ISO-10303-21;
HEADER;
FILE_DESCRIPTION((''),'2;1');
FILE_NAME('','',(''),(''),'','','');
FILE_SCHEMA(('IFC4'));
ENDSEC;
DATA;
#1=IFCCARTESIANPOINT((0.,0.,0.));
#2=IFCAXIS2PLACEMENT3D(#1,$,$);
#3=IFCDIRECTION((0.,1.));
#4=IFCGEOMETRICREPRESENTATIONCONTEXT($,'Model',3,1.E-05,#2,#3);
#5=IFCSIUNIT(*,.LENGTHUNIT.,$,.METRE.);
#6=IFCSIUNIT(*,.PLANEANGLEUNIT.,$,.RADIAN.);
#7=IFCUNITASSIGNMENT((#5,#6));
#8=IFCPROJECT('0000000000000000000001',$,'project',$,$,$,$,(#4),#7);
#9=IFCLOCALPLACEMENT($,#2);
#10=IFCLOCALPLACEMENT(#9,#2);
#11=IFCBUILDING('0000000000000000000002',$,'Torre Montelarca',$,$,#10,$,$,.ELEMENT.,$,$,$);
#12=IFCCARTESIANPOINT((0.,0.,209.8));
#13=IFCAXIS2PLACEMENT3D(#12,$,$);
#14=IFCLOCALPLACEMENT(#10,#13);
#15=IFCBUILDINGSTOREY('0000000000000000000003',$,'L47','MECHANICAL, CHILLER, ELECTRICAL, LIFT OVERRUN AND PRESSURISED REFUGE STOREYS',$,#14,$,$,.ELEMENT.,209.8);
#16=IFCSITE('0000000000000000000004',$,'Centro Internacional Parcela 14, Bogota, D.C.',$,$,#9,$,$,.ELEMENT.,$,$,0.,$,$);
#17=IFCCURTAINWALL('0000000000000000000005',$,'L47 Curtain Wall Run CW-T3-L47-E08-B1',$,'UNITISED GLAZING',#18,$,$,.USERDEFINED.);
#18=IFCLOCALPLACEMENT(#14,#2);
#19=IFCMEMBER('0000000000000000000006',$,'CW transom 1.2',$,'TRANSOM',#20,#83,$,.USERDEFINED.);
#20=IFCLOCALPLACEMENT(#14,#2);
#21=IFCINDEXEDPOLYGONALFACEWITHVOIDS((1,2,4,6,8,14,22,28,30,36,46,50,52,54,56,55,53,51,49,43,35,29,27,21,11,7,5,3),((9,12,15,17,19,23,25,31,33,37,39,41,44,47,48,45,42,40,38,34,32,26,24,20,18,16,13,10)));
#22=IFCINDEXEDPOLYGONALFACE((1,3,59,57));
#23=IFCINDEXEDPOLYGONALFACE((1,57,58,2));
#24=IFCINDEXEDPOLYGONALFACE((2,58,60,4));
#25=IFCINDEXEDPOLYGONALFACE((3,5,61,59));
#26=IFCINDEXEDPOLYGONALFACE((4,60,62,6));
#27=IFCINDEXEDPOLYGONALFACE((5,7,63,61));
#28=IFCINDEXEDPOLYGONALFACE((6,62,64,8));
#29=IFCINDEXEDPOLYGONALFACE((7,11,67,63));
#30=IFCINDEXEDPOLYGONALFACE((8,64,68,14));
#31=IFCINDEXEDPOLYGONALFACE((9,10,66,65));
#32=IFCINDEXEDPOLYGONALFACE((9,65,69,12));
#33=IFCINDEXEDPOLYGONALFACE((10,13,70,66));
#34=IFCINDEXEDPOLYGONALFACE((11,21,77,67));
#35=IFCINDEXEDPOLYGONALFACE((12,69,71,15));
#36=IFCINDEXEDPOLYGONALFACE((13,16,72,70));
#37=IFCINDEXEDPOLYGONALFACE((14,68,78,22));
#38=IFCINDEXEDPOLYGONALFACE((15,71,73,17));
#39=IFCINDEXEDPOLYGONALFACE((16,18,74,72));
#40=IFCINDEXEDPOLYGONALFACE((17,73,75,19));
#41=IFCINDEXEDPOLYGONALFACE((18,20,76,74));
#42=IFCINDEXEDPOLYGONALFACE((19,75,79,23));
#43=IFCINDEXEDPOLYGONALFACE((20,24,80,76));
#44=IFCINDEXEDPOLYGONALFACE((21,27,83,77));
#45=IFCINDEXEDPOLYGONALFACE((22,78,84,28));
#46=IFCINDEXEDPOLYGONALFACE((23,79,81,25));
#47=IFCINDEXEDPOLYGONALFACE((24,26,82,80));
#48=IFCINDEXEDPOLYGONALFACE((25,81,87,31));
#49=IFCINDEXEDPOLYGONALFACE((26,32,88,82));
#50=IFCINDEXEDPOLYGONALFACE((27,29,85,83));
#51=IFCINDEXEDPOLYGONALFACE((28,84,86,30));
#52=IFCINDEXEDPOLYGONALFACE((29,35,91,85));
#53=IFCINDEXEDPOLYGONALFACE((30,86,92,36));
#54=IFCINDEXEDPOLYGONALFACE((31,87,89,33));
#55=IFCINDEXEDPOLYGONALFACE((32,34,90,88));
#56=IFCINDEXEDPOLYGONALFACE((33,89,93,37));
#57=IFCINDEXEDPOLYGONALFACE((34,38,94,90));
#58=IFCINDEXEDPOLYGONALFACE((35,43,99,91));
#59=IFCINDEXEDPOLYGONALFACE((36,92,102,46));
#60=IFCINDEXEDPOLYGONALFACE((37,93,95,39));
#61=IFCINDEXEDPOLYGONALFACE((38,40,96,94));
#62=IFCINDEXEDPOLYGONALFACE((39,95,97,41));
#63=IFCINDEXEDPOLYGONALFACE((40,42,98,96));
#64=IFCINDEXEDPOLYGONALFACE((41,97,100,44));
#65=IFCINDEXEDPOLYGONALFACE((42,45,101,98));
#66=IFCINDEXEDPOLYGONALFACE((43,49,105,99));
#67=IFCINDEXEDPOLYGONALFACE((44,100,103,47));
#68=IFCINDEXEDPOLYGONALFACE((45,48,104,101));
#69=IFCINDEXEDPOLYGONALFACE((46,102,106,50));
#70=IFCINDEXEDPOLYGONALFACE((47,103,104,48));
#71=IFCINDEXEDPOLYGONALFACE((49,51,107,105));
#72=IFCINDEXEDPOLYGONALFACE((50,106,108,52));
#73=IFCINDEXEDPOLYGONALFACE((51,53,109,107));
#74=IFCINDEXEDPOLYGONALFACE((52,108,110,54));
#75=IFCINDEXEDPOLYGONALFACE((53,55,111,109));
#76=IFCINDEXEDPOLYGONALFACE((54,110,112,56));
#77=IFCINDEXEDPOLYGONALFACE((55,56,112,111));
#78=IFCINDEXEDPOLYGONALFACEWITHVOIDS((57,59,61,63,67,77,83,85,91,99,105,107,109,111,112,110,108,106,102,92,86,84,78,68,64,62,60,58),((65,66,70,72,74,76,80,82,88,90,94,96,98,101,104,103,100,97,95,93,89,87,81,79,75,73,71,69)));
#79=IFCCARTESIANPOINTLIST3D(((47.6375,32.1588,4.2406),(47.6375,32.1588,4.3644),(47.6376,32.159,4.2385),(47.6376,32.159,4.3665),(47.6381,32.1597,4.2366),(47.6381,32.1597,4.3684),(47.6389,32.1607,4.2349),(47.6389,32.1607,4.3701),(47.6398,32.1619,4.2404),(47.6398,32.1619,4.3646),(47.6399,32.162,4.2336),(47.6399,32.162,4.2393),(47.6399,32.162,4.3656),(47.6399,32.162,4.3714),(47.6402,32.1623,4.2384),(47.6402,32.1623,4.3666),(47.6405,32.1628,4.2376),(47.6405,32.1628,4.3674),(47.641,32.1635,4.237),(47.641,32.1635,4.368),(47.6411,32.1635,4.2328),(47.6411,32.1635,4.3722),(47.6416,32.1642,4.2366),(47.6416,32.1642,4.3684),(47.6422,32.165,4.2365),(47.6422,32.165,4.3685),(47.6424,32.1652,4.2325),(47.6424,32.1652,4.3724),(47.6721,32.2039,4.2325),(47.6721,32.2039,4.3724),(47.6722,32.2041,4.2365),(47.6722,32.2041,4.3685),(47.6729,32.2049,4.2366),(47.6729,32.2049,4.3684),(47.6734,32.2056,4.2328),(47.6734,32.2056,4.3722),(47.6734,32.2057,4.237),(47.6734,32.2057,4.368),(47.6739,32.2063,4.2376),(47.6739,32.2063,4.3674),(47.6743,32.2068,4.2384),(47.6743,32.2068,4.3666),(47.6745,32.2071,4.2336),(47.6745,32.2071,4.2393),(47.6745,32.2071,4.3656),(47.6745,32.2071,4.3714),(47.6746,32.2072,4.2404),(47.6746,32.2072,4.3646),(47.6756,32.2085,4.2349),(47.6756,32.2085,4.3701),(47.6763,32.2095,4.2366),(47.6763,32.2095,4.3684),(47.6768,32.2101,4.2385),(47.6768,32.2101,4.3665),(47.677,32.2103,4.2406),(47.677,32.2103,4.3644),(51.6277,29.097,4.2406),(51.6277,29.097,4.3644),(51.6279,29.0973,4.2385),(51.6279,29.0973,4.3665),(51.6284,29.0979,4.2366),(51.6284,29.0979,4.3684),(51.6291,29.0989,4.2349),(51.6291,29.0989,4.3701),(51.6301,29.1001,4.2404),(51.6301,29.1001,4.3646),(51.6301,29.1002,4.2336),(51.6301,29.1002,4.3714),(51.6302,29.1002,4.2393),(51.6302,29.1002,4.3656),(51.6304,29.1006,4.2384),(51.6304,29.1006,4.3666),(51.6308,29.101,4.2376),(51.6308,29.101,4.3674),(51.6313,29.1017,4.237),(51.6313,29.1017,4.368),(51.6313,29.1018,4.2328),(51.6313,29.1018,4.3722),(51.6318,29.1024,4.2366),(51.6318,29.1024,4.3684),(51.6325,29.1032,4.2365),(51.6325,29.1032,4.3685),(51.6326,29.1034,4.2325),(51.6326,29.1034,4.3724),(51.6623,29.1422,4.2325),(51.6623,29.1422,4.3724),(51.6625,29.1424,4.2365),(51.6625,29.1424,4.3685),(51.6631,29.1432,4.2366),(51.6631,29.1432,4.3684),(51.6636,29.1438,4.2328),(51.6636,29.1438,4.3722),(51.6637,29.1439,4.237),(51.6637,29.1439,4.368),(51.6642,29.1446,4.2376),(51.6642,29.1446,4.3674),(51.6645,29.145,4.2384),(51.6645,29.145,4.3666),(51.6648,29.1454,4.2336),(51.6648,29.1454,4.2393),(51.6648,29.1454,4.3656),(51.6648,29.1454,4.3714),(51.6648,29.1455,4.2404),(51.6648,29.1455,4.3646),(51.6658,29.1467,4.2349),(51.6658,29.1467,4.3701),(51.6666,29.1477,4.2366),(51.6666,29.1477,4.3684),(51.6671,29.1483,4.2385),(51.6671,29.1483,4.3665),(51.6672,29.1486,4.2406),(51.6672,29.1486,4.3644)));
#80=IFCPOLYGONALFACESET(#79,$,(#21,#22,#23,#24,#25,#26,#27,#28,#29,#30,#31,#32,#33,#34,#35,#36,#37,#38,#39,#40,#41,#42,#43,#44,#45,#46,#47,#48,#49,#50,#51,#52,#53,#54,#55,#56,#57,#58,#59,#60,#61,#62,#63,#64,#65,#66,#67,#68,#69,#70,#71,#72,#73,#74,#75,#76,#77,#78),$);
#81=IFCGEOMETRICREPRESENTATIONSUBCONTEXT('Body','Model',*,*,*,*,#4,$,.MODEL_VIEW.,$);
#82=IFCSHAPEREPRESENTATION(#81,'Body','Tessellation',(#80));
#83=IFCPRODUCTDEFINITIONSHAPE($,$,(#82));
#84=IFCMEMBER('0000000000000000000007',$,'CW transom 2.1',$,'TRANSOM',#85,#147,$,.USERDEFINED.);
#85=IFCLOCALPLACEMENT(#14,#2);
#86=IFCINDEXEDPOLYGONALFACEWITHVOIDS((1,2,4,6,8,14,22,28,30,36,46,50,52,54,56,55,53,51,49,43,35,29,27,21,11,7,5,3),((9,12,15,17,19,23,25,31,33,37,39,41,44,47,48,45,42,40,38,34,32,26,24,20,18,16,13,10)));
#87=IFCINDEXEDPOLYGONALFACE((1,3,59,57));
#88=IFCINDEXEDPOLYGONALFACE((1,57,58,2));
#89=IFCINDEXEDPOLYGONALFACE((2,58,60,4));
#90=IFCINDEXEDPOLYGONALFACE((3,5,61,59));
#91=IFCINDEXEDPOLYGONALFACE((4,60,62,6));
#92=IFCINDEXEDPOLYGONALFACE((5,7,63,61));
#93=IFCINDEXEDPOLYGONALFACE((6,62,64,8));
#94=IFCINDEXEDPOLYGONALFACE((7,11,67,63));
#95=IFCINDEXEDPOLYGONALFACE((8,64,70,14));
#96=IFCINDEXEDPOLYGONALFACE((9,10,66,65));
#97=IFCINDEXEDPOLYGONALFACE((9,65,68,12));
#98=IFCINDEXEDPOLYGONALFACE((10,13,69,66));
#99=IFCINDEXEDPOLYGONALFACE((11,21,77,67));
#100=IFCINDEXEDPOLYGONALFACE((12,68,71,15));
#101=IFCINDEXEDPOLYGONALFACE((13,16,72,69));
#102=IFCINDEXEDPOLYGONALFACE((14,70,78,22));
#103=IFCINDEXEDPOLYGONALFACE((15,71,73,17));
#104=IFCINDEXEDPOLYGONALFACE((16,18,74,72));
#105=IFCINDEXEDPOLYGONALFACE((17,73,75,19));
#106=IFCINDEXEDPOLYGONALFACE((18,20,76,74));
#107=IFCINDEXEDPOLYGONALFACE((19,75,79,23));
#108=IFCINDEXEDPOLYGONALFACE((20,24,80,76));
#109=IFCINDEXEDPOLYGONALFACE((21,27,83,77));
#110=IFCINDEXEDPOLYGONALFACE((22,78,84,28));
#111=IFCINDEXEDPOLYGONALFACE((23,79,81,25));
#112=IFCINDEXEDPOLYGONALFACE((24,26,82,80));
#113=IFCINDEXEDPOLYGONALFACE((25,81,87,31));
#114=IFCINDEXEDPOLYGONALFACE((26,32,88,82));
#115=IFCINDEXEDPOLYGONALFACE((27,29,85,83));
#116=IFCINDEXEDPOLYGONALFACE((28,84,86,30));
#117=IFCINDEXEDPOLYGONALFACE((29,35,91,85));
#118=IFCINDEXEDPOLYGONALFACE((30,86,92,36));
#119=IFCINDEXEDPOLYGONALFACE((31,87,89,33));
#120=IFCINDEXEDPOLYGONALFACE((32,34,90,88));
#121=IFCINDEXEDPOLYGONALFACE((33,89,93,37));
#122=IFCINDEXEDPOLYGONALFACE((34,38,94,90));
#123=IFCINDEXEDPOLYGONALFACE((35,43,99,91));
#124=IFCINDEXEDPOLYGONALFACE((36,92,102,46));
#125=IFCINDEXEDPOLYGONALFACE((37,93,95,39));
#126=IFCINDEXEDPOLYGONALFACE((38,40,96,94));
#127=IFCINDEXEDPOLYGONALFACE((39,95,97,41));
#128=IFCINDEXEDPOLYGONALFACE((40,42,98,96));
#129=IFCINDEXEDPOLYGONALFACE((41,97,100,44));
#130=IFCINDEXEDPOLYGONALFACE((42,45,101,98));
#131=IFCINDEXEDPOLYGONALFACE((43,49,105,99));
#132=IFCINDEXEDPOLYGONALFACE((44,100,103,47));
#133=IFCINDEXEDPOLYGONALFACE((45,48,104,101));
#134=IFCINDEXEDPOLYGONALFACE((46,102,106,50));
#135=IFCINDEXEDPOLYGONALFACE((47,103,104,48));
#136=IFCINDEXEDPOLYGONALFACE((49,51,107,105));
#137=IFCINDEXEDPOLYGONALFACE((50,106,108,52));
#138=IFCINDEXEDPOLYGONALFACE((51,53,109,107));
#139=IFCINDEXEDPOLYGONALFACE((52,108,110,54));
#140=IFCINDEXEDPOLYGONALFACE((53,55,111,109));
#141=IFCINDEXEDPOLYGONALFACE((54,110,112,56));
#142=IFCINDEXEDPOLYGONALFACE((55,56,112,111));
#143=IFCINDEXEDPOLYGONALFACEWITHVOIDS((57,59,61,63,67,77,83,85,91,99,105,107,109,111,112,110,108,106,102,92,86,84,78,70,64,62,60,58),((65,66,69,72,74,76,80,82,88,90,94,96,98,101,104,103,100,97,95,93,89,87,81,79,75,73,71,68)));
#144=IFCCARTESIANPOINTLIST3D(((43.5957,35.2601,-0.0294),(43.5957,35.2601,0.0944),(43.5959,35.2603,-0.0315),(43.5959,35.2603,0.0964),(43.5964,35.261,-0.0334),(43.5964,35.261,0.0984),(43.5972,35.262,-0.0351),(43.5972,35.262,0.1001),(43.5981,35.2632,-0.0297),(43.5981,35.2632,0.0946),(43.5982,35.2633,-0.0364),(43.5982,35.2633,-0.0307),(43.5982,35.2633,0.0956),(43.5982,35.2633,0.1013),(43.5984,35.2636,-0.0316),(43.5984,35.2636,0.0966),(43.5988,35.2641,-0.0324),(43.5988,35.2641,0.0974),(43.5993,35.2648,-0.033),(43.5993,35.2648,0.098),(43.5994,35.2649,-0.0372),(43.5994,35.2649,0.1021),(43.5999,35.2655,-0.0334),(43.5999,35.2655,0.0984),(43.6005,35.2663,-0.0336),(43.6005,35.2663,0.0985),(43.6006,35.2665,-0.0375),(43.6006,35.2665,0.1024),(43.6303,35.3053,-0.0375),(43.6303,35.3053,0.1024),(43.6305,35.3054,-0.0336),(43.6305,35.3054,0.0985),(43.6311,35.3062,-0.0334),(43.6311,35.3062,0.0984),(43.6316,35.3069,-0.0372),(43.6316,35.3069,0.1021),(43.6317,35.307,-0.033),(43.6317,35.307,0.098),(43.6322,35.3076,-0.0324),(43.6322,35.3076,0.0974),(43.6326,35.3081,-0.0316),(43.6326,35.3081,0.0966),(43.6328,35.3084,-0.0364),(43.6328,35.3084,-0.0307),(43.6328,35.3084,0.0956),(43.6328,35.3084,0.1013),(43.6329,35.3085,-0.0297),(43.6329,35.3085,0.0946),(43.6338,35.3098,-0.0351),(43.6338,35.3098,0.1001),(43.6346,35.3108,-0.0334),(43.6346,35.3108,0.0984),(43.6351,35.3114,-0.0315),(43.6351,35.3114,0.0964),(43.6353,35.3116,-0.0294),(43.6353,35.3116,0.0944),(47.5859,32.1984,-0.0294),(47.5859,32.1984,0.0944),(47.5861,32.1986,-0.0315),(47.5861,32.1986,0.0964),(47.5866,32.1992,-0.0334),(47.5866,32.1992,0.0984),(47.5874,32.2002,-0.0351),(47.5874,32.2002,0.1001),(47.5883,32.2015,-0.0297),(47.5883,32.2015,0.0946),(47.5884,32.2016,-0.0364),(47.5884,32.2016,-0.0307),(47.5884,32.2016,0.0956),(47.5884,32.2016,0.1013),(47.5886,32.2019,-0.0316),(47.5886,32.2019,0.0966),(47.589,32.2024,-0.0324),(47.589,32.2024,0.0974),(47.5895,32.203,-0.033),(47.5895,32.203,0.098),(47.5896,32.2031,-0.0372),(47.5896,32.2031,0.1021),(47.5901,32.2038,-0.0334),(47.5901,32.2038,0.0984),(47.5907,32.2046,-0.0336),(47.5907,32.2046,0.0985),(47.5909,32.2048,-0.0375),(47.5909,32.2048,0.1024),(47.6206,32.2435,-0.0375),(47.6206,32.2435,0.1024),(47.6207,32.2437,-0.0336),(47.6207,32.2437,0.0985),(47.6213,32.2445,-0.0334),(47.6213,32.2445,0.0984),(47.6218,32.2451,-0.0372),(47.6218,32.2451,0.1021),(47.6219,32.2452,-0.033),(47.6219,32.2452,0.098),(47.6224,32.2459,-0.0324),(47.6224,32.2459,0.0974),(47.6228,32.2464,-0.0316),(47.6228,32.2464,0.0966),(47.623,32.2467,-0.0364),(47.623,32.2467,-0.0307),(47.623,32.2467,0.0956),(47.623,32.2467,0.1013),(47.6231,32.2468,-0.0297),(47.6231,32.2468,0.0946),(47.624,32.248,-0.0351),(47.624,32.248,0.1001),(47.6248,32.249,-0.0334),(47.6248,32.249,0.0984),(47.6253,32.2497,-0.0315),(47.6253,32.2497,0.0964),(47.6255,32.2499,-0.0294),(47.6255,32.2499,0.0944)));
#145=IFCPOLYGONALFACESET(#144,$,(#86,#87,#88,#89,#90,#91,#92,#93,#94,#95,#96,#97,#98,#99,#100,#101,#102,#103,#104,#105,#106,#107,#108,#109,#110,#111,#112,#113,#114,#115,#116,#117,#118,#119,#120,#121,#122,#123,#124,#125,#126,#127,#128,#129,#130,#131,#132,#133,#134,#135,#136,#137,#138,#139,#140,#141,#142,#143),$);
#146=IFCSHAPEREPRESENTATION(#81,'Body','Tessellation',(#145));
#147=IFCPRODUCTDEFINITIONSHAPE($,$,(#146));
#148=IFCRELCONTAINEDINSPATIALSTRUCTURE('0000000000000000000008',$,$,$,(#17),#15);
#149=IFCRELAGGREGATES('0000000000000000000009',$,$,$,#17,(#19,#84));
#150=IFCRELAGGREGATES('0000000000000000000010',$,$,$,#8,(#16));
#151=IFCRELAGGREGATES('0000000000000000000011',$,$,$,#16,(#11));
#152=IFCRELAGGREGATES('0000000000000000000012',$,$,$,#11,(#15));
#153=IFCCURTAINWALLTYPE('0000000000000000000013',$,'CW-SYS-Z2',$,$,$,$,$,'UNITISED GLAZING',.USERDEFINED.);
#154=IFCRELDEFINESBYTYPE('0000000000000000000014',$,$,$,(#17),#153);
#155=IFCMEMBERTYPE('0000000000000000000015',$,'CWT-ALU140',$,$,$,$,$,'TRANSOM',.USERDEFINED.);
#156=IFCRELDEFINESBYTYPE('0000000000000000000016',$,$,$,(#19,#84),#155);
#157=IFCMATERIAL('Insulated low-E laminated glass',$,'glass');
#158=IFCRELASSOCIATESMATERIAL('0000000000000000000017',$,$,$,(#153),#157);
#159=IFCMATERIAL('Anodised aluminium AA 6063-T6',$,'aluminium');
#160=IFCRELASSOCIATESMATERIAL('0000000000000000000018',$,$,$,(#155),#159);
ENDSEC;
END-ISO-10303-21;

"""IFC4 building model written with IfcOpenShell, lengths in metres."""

from ifc_helpers import new_model, si_unit, direction, frame, origin, origin_2d, place, context, subcontext, project, spatial, hollow_rectangle, extrude, source, transform, mapped, material, material_profile, profile_set, type_object, element, aggregate, save


model = new_model("IFC4")

# Units and contexts
model_context = context("Model", 3, precision=1e-05, world=origin(), true_north=direction((0.0, 1.0)))
body_context = subcontext(model_context, "Body", "Model", "MODEL_VIEW")
ifc_project = project(units=[si_unit("LENGTHUNIT", "METRE"), si_unit("PLANEANGLEUNIT", "RADIAN")], contexts=[model_context])

# Site, building, storey
site_placement = place(None, origin())
site = spatial("IfcSite", under=ifc_project, at=site_placement, Name="Centro Internacional Parcela 14, Bogota, D.C.", CompositionType="ELEMENT", RefElevation=0.0)
building_placement = place(site_placement, origin())
building = spatial("IfcBuilding", under=site, at=building_placement, Name="Torre Montelarca", CompositionType="ELEMENT")
storey_placement = place(building_placement, frame((0.0, 0.0, 209.8)))
storey = spatial("IfcBuildingStorey", under=building, at=storey_placement, Name="L47", Description="MECHANICAL, CHILLER, ELECTRICAL, LIFT OVERRUN AND PRESSURISED REFUGE STOREYS", CompositionType="ELEMENT", Elevation=209.8)

# Curtain wall, members
ifc_material_1 = material(Name="Insulated low-E laminated glass", Category="glass")
curtain_wall_type = type_object("IfcCurtainWallType", Name="CW-SYS-Z2", ElementType="UNITISED GLAZING", PredefinedType="USERDEFINED", material=ifc_material_1)
ifc_material_2 = material(Name="Anodised aluminium AA 6063-T6", Category="aluminium")
ifc_material_profile_1 = material_profile(ifc_material_2, hollow_rectangle(XDim=0.0649, YDim=0.1399, WallThickness=0.0039, InnerFilletRadius=0.0039, OuterFilletRadius=0.0081, at=origin_2d()), Name="ALU65X140X4", Category="aluminium")
ifc_profile_set_1 = profile_set([ifc_material_profile_1], Name="Anodised aluminium AA 6063-T6")
member_type_1 = type_object("IfcMemberType", Name="CWT-ALU140", ElementType="TRANSOM", PredefinedType="USERDEFINED", material=ifc_profile_set_1)
curtain_wall_1_placement = place(storey_placement, origin())
curtain_wall_1 = element("IfcCurtainWall", 1, at=curtain_wall_1_placement, inside=storey, type_object=curtain_wall_type, Name="L47 Curtain Wall Run CW-T3-L47-E08-B1", ObjectType="UNITISED GLAZING", PredefinedType="USERDEFINED")
shared_shape_1 = source(origin(), body_context, "Body", "SweptSolid", [
    extrude(hollow_rectangle(XDim=0.0649, YDim=0.1399, WallThickness=0.0039, InnerFilletRadius=0.0039, OuterFilletRadius=0.0081, at=origin_2d()), origin(), (0.0, 0.0, 1.0), 5.0295),
])
member_1_placement = place(storey_placement, frame((51.6475, 29.1228, 4.3025), z_axis=(-0.793358, 0.608756, 0.0), x_axis=(-0.608756, -0.793358, 0.0)))
member_1 = element("IfcMember", 2, at=member_1_placement, type_object=member_type_1, Name="CW transom 1.2", ObjectType="TRANSOM", PredefinedType="USERDEFINED", context=body_context, shape_type="MappedRepresentation", body=[
    mapped(shared_shape_1, transform((0.0, 0.0, 0.0), scale=1.0)),
])
member_2_placement = place(storey_placement, frame((47.6057, 32.2241, 0.0325), z_axis=(-0.793358, 0.608756, 0.0), x_axis=(-0.608756, -0.793358, 0.0)))
member_2 = element("IfcMember", 3, at=member_2_placement, type_object=member_type_1, Name="CW transom 2.1", ObjectType="TRANSOM", PredefinedType="USERDEFINED", context=body_context, shape_type="MappedRepresentation", body=[
    mapped(shared_shape_1, transform((0.0, 0.0, 0.0), scale=1.0)),
])

aggregate(curtain_wall_1, [member_1, member_2])

save(model, "model.ifc")
